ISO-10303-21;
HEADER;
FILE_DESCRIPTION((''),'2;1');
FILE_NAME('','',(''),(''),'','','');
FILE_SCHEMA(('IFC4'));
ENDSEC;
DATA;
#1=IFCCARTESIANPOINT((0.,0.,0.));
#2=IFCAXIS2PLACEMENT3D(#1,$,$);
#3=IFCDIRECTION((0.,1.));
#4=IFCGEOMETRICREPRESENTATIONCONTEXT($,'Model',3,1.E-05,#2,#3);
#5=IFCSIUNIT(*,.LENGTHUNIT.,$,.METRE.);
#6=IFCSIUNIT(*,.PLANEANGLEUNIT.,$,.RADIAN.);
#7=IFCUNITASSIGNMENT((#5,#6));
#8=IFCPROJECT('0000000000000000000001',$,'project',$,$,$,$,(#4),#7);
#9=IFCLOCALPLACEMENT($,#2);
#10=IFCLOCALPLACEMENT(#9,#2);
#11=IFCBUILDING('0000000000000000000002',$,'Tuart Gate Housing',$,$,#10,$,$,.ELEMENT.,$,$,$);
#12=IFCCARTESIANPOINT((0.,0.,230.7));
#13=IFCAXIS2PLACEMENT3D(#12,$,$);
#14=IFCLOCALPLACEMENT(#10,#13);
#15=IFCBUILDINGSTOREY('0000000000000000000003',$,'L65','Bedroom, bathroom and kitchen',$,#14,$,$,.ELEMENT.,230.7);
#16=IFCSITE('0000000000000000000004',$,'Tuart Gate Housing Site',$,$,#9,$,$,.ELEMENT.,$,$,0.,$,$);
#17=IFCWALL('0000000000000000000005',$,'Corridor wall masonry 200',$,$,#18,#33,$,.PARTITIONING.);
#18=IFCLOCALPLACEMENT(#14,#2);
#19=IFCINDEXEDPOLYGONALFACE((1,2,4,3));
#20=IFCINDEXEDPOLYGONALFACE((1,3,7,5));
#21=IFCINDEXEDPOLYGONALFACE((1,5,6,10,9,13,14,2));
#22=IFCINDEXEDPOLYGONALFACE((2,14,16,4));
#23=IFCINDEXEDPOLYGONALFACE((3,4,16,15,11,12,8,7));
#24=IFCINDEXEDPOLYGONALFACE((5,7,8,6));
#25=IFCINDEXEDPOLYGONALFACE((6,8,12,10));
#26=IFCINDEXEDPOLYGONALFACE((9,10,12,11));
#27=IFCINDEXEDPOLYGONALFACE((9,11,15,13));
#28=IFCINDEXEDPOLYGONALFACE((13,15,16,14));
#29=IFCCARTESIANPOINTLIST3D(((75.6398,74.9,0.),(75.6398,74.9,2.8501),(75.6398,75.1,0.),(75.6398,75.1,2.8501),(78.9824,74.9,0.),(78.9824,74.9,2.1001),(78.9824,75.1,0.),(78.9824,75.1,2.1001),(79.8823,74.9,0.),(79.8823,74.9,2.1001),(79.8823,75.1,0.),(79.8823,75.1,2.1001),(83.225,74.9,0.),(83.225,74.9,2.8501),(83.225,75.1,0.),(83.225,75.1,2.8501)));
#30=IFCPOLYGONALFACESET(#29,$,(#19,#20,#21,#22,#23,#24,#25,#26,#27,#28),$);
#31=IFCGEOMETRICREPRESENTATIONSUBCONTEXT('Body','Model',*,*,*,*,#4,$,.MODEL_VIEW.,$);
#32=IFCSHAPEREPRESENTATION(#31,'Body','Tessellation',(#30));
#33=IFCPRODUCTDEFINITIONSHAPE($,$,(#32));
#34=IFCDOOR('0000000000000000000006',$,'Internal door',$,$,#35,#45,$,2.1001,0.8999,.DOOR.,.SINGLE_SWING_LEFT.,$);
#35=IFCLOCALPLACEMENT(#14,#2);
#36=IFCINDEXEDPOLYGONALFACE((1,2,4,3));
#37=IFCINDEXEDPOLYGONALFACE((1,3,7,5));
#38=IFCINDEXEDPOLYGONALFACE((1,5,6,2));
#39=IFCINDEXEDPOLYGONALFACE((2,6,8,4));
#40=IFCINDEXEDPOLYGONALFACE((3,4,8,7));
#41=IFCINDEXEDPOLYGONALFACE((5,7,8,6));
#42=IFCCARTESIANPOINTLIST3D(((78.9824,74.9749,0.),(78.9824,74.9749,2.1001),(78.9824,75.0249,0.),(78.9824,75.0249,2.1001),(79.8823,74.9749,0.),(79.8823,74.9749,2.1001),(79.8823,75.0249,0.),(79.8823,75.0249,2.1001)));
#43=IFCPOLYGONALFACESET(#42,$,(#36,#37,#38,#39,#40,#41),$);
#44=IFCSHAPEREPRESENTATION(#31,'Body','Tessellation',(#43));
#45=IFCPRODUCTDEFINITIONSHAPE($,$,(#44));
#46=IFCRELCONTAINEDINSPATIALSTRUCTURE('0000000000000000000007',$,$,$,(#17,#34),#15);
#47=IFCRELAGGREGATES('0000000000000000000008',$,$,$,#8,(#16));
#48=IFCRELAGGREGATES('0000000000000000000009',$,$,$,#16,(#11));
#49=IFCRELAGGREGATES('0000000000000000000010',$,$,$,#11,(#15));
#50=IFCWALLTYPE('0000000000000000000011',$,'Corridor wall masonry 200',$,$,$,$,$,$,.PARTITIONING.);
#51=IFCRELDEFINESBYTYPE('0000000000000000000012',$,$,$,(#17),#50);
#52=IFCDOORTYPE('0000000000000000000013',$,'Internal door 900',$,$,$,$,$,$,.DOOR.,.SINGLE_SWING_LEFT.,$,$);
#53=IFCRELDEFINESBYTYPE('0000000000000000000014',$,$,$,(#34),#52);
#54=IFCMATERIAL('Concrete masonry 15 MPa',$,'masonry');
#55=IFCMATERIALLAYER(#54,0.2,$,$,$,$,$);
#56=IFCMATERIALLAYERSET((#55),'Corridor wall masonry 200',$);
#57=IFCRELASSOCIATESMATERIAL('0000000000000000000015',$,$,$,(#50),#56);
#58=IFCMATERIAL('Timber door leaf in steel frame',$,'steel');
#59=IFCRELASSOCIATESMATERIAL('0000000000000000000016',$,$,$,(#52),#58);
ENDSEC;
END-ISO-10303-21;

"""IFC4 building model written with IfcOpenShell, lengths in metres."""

from ifc_helpers import new_model, si_unit, direction, frame, frame_2d, origin, place, context, subcontext, project, spatial, rectangle, extrude, material, layer, layer_set, type_object, element, fill, save


model = new_model("IFC4")

# Units and contexts
model_context = context("Model", 3, precision=1e-05, world=origin(), true_north=direction((0.0, 1.0)))
body_context = subcontext(model_context, "Body", "Model", "MODEL_VIEW")
ifc_project = project(units=[si_unit("LENGTHUNIT", "METRE"), si_unit("PLANEANGLEUNIT", "RADIAN")], contexts=[model_context])

# Site, building, storey
site_placement = place(None, origin())
site = spatial("IfcSite", under=ifc_project, at=site_placement, Name="Tuart Gate Housing Site", CompositionType="ELEMENT", RefElevation=0.0)
building_placement = place(site_placement, origin())
building = spatial("IfcBuilding", under=site, at=building_placement, Name="Tuart Gate Housing", CompositionType="ELEMENT")
storey_placement = place(building_placement, frame((0.0, 0.0, 230.7)))
storey = spatial("IfcBuildingStorey", under=building, at=storey_placement, Name="L65", Description="Bedroom, bathroom and kitchen", CompositionType="ELEMENT", Elevation=230.7)

# Shared definitions
ifc_material_1 = material(Name="Concrete masonry 15 MPa", Category="masonry")
ifc_layer_1 = layer(ifc_material_1, 0.2)
ifc_layer_set_1 = layer_set([ifc_layer_1], Name="Corridor wall masonry 200")
wall_type_1 = type_object("IfcWallType", Name="Corridor wall masonry 200", PredefinedType="PARTITIONING", material=ifc_layer_set_1)

# Wall, opening, door
wall_1_placement = place(storey_placement, frame((75.6399, 75.0, 0.0), z_axis=(0.0, 0.0, 1.0), x_axis=(1.0, 0.0, 0.0)))
wall_1 = element("IfcWall", 1, at=wall_1_placement, inside=storey, type_object=wall_type_1, Name="Corridor wall masonry 200", PredefinedType="PARTITIONING", context=body_context, shape_type="SweptSolid", body=[
    extrude(rectangle(XDim=7.5852, YDim=0.2, at=frame_2d((3.7925, 0.0))), origin(), (0.0, 0.0, 1.0), 2.8501),
])
opening_1_placement = place(wall_1_placement, frame((3.3425, 0.0, 0.0)))
opening_1 = element("IfcOpeningElement", 2, at=opening_1_placement, cuts=wall_1, PredefinedType="OPENING", context=body_context, shape_type="SweptSolid", body=[
    extrude(rectangle(XDim=0.8999, YDim=2.1001, at=frame_2d((0.45, 1.05))), frame((0.0, 0.1099, 0.0), z_axis=(0.0, -1.0, 0.0), x_axis=(1.0, 0.0, 0.0)), (0.0, 0.0, 1.0), 0.22),
])
ifc_material_2 = material(Name="Timber door leaf in steel frame", Category="steel")
door_type_1 = type_object("IfcDoorType", Name="Internal door 900", OperationType="SINGLE_SWING_LEFT", PredefinedType="DOOR", material=ifc_material_2)
door_1_placement = place(opening_1_placement, origin())
door_1 = element("IfcDoor", 3, at=door_1_placement, inside=storey, type_object=door_type_1, Name="Internal door", OperationType="SINGLE_SWING_LEFT", OverallHeight=2.1001, OverallWidth=0.8999, PredefinedType="DOOR", context=body_context, shape_type="SweptSolid", body=[
    extrude(rectangle(XDim=0.8999, YDim=2.1001, at=frame_2d((0.45, 1.05))), frame((0.0, 0.0249, 0.0), z_axis=(0.0, -1.0, 0.0), x_axis=(1.0, 0.0, 0.0)), (0.0, 0.0, 1.0), 0.05),
])
fill(opening_1, door_1)

save(model, "model.ifc")
